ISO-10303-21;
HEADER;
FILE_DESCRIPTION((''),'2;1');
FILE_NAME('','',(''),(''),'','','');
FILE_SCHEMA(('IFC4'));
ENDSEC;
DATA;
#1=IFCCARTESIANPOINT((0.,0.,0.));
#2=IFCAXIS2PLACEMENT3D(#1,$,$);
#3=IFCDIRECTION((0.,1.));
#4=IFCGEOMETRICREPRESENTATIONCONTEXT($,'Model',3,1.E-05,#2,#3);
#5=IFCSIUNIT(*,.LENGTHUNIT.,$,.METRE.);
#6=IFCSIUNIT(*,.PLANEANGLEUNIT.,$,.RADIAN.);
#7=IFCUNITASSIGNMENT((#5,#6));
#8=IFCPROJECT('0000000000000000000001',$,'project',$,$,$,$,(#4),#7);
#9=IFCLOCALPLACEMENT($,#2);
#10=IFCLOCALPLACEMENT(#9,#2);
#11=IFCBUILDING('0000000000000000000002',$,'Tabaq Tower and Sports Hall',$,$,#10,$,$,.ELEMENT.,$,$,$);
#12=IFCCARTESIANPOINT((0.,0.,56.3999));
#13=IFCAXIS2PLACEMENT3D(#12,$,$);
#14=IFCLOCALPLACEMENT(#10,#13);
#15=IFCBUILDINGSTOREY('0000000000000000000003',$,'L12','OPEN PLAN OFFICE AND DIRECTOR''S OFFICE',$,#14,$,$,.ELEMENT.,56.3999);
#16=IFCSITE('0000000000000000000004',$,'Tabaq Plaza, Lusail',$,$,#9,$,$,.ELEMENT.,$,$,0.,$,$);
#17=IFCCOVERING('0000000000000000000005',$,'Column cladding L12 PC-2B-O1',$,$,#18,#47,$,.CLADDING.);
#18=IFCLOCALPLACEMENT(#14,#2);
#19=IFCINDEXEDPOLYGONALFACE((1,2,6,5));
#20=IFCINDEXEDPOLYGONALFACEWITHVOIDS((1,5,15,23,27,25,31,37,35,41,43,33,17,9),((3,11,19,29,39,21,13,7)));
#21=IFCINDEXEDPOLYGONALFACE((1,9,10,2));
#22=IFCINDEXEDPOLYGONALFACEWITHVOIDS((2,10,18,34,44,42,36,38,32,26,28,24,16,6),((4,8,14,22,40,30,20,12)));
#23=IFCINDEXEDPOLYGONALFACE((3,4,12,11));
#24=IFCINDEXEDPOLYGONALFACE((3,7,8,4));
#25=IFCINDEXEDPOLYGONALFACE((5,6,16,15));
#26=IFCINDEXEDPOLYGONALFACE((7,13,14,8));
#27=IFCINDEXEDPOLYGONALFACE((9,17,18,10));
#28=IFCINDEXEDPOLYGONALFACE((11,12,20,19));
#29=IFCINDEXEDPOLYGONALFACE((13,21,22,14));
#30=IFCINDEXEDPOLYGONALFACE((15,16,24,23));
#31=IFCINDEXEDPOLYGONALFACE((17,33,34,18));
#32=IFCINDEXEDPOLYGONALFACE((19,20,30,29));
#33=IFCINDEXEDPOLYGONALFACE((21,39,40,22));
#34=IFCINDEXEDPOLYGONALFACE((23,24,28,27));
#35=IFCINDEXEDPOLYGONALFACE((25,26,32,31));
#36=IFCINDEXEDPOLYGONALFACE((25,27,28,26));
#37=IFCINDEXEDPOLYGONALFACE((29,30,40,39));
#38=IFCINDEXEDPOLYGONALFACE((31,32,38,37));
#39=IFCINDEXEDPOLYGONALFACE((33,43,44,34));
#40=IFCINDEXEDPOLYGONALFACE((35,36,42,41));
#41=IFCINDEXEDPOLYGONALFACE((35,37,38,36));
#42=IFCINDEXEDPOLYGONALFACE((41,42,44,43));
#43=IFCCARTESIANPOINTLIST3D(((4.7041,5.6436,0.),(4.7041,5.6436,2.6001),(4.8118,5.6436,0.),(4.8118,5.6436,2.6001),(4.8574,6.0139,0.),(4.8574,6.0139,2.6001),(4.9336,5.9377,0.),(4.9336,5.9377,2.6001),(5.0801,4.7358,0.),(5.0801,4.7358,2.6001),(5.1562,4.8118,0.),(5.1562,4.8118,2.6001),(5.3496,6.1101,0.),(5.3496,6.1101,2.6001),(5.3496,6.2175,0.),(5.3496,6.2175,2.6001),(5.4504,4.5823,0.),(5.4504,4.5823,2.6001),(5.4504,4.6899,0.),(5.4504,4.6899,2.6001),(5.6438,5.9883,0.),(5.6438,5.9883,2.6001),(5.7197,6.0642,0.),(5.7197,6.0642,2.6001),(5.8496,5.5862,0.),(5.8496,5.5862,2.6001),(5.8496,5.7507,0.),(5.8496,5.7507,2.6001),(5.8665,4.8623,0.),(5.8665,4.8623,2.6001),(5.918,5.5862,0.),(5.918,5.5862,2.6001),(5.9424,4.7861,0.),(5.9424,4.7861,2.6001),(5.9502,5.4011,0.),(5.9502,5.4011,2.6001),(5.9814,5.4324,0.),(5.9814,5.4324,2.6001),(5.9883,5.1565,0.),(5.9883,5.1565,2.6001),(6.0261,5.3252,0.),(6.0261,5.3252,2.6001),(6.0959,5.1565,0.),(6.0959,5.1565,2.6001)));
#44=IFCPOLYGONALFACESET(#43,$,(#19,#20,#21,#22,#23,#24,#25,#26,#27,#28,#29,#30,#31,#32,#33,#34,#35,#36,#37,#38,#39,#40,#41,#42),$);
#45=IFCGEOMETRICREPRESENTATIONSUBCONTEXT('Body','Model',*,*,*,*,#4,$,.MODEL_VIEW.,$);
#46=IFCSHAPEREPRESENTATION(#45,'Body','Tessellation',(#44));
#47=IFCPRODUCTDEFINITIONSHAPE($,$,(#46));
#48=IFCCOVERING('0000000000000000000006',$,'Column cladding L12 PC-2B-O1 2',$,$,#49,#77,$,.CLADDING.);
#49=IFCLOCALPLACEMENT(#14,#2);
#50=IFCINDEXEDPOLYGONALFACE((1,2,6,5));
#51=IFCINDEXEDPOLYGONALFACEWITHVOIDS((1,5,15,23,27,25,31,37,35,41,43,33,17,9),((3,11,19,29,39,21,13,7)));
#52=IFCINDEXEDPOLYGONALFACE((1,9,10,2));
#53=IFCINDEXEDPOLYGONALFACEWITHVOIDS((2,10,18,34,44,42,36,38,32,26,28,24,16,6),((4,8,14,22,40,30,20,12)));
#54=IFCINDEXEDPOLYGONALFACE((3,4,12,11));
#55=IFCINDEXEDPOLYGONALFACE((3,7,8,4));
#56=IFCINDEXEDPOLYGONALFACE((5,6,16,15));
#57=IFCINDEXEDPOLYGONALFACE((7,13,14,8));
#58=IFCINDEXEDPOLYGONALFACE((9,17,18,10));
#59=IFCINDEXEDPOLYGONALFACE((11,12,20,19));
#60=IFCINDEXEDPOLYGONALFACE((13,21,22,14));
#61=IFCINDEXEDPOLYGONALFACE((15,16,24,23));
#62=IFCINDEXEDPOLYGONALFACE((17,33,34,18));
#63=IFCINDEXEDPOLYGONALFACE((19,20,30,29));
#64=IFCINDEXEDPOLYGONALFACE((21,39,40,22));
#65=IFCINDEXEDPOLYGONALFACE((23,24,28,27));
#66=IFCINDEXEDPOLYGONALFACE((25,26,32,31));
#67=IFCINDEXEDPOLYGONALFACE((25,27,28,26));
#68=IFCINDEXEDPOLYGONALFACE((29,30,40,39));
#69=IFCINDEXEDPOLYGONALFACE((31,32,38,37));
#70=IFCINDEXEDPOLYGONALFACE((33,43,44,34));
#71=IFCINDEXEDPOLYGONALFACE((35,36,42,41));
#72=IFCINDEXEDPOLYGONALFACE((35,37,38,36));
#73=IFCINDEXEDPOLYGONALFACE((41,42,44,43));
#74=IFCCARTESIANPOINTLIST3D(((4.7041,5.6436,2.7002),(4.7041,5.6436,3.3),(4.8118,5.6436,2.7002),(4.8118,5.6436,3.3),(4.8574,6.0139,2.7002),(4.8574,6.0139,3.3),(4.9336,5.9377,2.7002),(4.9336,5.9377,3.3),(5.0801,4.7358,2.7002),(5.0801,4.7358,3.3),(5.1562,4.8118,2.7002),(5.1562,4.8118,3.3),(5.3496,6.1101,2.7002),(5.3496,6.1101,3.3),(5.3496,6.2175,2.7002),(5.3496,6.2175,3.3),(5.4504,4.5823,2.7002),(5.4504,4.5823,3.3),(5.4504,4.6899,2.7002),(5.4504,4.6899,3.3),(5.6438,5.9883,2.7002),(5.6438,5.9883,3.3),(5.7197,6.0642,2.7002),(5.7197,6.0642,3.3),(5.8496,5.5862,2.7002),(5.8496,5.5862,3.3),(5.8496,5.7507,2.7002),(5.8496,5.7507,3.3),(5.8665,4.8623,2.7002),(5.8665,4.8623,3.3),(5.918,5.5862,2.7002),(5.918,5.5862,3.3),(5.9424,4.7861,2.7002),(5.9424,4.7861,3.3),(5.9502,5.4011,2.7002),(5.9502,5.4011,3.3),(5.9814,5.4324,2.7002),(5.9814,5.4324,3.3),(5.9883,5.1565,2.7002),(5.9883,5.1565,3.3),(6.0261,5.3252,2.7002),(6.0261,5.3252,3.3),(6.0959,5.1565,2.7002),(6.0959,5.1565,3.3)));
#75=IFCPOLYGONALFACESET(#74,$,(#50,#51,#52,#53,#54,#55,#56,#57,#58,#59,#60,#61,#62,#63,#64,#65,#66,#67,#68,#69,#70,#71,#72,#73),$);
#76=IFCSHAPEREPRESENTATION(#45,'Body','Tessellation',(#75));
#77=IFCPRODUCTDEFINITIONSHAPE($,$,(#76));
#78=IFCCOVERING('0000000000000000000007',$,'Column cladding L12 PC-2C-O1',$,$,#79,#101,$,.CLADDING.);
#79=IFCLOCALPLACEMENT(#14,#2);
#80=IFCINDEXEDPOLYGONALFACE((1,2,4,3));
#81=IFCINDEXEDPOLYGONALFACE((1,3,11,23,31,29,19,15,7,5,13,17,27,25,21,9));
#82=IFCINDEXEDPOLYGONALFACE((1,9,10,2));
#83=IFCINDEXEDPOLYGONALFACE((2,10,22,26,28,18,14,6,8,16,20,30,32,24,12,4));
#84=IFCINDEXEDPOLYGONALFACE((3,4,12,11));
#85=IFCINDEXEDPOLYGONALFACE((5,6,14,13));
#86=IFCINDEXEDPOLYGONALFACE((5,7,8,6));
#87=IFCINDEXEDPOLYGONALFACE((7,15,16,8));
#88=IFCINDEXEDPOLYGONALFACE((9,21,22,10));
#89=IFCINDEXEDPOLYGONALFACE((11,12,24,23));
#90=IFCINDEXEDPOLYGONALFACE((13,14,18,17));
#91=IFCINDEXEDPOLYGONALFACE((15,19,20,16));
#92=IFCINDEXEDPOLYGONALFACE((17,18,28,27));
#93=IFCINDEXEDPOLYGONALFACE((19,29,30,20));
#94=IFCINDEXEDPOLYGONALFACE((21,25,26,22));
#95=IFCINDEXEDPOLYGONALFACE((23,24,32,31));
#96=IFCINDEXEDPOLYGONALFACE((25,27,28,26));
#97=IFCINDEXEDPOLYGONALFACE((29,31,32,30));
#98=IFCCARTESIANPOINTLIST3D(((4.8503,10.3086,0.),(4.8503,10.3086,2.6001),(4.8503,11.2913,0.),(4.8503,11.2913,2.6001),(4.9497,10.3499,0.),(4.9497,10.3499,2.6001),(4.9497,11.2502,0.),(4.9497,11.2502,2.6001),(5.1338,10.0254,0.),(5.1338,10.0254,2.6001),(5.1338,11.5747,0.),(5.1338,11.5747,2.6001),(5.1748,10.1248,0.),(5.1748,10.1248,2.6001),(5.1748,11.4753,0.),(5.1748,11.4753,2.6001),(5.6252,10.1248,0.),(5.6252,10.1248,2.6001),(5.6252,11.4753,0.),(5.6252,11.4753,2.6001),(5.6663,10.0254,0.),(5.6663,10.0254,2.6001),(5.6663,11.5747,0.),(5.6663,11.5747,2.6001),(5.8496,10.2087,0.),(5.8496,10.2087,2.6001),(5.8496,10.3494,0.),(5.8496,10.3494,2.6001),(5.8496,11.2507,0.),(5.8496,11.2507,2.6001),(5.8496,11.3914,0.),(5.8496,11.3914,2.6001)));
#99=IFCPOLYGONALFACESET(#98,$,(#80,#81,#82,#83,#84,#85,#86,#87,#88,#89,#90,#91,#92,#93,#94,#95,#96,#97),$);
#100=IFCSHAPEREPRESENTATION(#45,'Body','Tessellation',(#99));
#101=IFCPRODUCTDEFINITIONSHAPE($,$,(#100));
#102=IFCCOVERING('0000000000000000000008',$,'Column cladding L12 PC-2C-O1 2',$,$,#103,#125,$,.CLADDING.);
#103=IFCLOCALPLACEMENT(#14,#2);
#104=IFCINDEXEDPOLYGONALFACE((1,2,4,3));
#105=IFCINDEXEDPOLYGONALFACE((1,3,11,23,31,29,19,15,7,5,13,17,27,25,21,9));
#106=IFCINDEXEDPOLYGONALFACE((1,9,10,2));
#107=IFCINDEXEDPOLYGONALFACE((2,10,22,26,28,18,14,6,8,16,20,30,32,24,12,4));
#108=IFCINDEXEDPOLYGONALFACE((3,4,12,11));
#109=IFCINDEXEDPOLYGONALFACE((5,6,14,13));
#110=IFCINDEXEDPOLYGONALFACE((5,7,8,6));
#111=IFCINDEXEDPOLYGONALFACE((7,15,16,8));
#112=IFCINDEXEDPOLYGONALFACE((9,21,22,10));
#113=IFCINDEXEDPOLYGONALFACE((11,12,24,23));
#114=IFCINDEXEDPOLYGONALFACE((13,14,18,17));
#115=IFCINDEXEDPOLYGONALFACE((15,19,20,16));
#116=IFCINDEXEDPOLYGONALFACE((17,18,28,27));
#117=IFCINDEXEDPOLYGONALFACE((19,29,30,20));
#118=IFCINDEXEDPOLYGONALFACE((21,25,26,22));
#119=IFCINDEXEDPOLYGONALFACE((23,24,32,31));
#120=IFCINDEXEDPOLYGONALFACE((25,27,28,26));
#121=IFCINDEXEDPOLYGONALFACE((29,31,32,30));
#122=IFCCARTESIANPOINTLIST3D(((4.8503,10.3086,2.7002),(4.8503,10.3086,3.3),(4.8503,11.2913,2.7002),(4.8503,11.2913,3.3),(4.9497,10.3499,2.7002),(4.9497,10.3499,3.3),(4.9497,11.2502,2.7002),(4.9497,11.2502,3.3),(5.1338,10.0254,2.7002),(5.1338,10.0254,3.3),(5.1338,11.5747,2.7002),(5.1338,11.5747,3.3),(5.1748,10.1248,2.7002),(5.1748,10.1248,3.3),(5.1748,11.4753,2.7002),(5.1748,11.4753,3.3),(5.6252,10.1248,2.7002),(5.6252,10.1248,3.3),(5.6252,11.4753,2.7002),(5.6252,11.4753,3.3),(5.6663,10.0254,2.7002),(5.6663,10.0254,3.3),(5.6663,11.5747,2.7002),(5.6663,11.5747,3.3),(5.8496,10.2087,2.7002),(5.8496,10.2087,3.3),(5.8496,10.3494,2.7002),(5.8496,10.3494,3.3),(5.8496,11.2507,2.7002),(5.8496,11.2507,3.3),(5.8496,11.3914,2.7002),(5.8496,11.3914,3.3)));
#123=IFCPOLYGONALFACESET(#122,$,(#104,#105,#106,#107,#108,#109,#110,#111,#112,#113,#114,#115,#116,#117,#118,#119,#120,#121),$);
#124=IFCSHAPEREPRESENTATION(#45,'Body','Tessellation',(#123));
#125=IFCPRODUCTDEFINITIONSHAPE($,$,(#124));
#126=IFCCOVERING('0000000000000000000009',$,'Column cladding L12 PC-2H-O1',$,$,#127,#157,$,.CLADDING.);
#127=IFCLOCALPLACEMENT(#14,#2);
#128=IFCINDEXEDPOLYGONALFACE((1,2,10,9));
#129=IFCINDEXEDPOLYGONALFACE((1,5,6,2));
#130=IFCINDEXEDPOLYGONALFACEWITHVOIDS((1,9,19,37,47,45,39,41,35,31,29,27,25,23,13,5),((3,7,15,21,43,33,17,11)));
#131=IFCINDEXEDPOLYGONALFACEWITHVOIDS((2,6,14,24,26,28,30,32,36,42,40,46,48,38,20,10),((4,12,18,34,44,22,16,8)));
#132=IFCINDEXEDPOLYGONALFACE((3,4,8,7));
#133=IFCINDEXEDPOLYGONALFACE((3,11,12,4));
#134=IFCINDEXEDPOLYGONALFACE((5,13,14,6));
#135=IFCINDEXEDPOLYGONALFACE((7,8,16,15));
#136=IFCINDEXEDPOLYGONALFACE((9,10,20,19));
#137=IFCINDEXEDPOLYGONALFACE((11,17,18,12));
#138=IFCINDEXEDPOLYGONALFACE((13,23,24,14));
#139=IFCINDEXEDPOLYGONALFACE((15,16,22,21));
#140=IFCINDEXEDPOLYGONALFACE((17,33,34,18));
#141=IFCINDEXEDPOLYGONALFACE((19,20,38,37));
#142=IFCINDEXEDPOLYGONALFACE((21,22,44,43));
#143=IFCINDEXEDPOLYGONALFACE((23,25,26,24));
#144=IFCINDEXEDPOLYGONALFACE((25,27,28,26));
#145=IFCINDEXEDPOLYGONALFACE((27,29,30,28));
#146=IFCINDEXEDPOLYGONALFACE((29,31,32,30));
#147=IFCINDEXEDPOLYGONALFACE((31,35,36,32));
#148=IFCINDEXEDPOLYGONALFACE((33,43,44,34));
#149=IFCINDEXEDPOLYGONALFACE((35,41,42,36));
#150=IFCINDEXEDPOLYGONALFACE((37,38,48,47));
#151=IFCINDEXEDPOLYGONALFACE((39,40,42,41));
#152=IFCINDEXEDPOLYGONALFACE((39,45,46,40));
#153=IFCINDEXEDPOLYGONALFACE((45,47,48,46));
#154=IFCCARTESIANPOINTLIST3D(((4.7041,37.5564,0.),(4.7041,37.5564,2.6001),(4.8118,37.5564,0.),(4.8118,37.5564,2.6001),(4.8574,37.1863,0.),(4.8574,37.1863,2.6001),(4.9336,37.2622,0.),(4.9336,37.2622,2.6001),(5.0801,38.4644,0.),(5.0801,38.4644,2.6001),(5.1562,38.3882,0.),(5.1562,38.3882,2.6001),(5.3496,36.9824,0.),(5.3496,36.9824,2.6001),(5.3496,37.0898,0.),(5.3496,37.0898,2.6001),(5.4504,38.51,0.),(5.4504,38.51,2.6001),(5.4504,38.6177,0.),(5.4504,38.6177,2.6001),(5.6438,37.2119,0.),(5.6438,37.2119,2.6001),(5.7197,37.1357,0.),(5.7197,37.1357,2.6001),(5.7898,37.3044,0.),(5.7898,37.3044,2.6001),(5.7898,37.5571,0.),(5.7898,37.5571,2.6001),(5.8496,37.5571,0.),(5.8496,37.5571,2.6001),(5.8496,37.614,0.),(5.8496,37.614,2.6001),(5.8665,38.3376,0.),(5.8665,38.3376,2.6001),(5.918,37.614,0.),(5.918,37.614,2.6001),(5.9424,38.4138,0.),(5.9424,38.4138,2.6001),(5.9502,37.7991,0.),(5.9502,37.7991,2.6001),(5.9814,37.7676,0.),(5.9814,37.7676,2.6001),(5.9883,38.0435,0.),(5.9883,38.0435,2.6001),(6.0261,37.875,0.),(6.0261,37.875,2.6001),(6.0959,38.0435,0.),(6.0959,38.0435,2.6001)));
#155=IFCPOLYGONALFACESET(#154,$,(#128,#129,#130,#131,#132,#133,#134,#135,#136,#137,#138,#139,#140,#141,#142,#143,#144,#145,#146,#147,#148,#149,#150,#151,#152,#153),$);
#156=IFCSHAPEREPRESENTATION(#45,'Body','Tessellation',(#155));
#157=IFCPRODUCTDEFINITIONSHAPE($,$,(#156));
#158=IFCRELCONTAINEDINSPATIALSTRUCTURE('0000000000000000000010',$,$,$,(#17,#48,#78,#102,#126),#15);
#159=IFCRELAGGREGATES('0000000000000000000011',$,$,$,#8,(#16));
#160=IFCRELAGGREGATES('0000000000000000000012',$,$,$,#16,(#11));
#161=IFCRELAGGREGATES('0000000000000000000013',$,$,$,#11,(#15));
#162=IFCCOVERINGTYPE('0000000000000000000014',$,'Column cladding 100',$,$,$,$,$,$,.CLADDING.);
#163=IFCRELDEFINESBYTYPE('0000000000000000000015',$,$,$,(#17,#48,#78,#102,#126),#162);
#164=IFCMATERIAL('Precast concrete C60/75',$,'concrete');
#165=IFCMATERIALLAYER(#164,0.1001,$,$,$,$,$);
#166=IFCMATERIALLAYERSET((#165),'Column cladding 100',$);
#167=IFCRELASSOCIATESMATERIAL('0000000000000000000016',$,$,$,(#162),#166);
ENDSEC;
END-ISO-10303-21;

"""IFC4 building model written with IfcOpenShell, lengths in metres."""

from ifc_helpers import new_model, si_unit, direction, frame, origin, place, context, subcontext, project, spatial, polyline, outline, extrude, material, layer, layer_set, type_object, element, save


model = new_model("IFC4")

# Units and contexts
model_context = context("Model", 3, precision=1e-05, world=origin(), true_north=direction((0.0, 1.0)))
body_context = subcontext(model_context, "Body", "Model", "MODEL_VIEW")
ifc_project = project(units=[si_unit("LENGTHUNIT", "METRE"), si_unit("PLANEANGLEUNIT", "RADIAN")], contexts=[model_context])

# Site, building, storey
site_placement = place(None, origin())
site = spatial("IfcSite", under=ifc_project, at=site_placement, Name="Tabaq Plaza, Lusail", CompositionType="ELEMENT", RefElevation=0.0)
building_placement = place(site_placement, origin())
building = spatial("IfcBuilding", under=site, at=building_placement, Name="Tabaq Tower and Sports Hall", CompositionType="ELEMENT")
storey_placement = place(building_placement, frame((0.0, 0.0, 56.3999)))
storey = spatial("IfcBuildingStorey", under=building, at=storey_placement, Name="L12", Description="OPEN PLAN OFFICE AND DIRECTOR'S OFFICE", CompositionType="ELEMENT", Elevation=56.3999)

# Coverings
ifc_material_1 = material(Name="Precast concrete C60/75", Category="concrete")
ifc_layer_1 = layer(ifc_material_1, 0.1001)
ifc_layer_set_1 = layer_set([ifc_layer_1], Name="Column cladding 100")
covering_type_1 = type_object("IfcCoveringType", Name="Column cladding 100", PredefinedType="CLADDING", material=ifc_layer_set_1)
covering_1_placement = place(storey_placement, origin())
element("IfcCovering", 1, at=covering_1_placement, inside=storey, type_object=covering_type_1, Name="Column cladding L12 PC-2B-O1", PredefinedType="CLADDING", context=body_context, shape_type="SweptSolid", body=[
    extrude(outline(polyline([(5.4504, 4.5823), (5.0801, 4.7358), (4.7041, 5.6436), (4.8574, 6.0139), (5.3496, 6.2175), (5.7197, 6.0642), (5.8496, 5.7507), (5.8496, 5.5862), (5.918, 5.5862), (5.9814, 5.4324), (5.9502, 5.4011), (6.0261, 5.3252), (6.0959, 5.1565), (5.9424, 4.7861), (5.4504, 4.5823)]), holes=[polyline([(5.3496, 6.1101), (4.9336, 5.9377), (4.8118, 5.6436), (5.1562, 4.8118), (5.4504, 4.6899), (5.8665, 4.8623), (5.9883, 5.1565), (5.6438, 5.9883), (5.3496, 6.1101)])]), origin(), (0.0, 0.0, 1.0), 2.6001),
])
covering_2_placement = place(storey_placement, frame((0.0, 0.0, 2.7002)))
element("IfcCovering", 2, at=covering_2_placement, inside=storey, type_object=covering_type_1, Name="Column cladding L12 PC-2B-O1 2", PredefinedType="CLADDING", context=body_context, shape_type="SweptSolid", body=[
    extrude(outline(polyline([(5.4504, 4.5823), (5.0801, 4.7358), (4.7041, 5.6436), (4.8574, 6.0139), (5.3496, 6.2175), (5.7197, 6.0642), (5.8496, 5.7507), (5.8496, 5.5862), (5.918, 5.5862), (5.9814, 5.4324), (5.9502, 5.4011), (6.0261, 5.3252), (6.0959, 5.1565), (5.9424, 4.7861), (5.4504, 4.5823)]), holes=[polyline([(5.3496, 6.1101), (4.9336, 5.9377), (4.8118, 5.6436), (5.1562, 4.8118), (5.4504, 4.6899), (5.8665, 4.8623), (5.9883, 5.1565), (5.6438, 5.9883), (5.3496, 6.1101)])]), origin(), (0.0, 0.0, 1.0), 0.5999),
])
covering_3_placement = place(storey_placement, origin())
element("IfcCovering", 3, at=covering_3_placement, inside=storey, type_object=covering_type_1, Name="Column cladding L12 PC-2C-O1", PredefinedType="CLADDING", context=body_context, shape_type="SweptSolid", body=[
    extrude(outline(polyline([(5.1338, 10.0254), (4.8503, 10.3086), (4.8503, 11.2913), (5.1338, 11.5747), (5.6663, 11.5747), (5.8496, 11.3914), (5.8496, 11.2507), (5.6252, 11.4753), (5.1748, 11.4753), (4.9497, 11.2502), (4.9497, 10.3499), (5.1748, 10.1248), (5.6252, 10.1248), (5.8496, 10.3494), (5.8496, 10.2087), (5.6663, 10.0254), (5.1338, 10.0254)])), origin(), (0.0, 0.0, 1.0), 2.6001),
])
covering_4_placement = place(storey_placement, frame((0.0, 0.0, 2.7002)))
element("IfcCovering", 4, at=covering_4_placement, inside=storey, type_object=covering_type_1, Name="Column cladding L12 PC-2C-O1 2", PredefinedType="CLADDING", context=body_context, shape_type="SweptSolid", body=[
    extrude(outline(polyline([(5.1338, 10.0254), (4.8503, 10.3086), (4.8503, 11.2913), (5.1338, 11.5747), (5.6663, 11.5747), (5.8496, 11.3914), (5.8496, 11.2507), (5.6252, 11.4753), (5.1748, 11.4753), (4.9497, 11.2502), (4.9497, 10.3499), (5.1748, 10.1248), (5.6252, 10.1248), (5.8496, 10.3494), (5.8496, 10.2087), (5.6663, 10.0254), (5.1338, 10.0254)])), origin(), (0.0, 0.0, 1.0), 0.5999),
])
covering_5_placement = place(storey_placement, origin())
element("IfcCovering", 5, at=covering_5_placement, inside=storey, type_object=covering_type_1, Name="Column cladding L12 PC-2H-O1", PredefinedType="CLADDING", context=body_context, shape_type="SweptSolid", body=[
    extrude(outline(polyline([(4.8574, 37.1863), (4.7041, 37.5564), (5.0801, 38.4644), (5.4504, 38.6177), (5.9424, 38.4138), (6.0959, 38.0435), (6.0261, 37.875), (5.9502, 37.7991), (5.9814, 37.7676), (5.918, 37.614), (5.8496, 37.614), (5.8496, 37.5571), (5.7898, 37.5571), (5.7898, 37.3044), (5.7197, 37.1357), (5.3496, 36.9824), (4.8574, 37.1863)]), holes=[polyline([(5.8665, 38.3376), (5.4504, 38.51), (5.1562, 38.3882), (4.8118, 37.5564), (4.9336, 37.2622), (5.3496, 37.0898), (5.6438, 37.2119), (5.9883, 38.0435), (5.8665, 38.3376)])]), origin(), (0.0, 0.0, 1.0), 2.6001),
])

save(model, "model.ifc")
